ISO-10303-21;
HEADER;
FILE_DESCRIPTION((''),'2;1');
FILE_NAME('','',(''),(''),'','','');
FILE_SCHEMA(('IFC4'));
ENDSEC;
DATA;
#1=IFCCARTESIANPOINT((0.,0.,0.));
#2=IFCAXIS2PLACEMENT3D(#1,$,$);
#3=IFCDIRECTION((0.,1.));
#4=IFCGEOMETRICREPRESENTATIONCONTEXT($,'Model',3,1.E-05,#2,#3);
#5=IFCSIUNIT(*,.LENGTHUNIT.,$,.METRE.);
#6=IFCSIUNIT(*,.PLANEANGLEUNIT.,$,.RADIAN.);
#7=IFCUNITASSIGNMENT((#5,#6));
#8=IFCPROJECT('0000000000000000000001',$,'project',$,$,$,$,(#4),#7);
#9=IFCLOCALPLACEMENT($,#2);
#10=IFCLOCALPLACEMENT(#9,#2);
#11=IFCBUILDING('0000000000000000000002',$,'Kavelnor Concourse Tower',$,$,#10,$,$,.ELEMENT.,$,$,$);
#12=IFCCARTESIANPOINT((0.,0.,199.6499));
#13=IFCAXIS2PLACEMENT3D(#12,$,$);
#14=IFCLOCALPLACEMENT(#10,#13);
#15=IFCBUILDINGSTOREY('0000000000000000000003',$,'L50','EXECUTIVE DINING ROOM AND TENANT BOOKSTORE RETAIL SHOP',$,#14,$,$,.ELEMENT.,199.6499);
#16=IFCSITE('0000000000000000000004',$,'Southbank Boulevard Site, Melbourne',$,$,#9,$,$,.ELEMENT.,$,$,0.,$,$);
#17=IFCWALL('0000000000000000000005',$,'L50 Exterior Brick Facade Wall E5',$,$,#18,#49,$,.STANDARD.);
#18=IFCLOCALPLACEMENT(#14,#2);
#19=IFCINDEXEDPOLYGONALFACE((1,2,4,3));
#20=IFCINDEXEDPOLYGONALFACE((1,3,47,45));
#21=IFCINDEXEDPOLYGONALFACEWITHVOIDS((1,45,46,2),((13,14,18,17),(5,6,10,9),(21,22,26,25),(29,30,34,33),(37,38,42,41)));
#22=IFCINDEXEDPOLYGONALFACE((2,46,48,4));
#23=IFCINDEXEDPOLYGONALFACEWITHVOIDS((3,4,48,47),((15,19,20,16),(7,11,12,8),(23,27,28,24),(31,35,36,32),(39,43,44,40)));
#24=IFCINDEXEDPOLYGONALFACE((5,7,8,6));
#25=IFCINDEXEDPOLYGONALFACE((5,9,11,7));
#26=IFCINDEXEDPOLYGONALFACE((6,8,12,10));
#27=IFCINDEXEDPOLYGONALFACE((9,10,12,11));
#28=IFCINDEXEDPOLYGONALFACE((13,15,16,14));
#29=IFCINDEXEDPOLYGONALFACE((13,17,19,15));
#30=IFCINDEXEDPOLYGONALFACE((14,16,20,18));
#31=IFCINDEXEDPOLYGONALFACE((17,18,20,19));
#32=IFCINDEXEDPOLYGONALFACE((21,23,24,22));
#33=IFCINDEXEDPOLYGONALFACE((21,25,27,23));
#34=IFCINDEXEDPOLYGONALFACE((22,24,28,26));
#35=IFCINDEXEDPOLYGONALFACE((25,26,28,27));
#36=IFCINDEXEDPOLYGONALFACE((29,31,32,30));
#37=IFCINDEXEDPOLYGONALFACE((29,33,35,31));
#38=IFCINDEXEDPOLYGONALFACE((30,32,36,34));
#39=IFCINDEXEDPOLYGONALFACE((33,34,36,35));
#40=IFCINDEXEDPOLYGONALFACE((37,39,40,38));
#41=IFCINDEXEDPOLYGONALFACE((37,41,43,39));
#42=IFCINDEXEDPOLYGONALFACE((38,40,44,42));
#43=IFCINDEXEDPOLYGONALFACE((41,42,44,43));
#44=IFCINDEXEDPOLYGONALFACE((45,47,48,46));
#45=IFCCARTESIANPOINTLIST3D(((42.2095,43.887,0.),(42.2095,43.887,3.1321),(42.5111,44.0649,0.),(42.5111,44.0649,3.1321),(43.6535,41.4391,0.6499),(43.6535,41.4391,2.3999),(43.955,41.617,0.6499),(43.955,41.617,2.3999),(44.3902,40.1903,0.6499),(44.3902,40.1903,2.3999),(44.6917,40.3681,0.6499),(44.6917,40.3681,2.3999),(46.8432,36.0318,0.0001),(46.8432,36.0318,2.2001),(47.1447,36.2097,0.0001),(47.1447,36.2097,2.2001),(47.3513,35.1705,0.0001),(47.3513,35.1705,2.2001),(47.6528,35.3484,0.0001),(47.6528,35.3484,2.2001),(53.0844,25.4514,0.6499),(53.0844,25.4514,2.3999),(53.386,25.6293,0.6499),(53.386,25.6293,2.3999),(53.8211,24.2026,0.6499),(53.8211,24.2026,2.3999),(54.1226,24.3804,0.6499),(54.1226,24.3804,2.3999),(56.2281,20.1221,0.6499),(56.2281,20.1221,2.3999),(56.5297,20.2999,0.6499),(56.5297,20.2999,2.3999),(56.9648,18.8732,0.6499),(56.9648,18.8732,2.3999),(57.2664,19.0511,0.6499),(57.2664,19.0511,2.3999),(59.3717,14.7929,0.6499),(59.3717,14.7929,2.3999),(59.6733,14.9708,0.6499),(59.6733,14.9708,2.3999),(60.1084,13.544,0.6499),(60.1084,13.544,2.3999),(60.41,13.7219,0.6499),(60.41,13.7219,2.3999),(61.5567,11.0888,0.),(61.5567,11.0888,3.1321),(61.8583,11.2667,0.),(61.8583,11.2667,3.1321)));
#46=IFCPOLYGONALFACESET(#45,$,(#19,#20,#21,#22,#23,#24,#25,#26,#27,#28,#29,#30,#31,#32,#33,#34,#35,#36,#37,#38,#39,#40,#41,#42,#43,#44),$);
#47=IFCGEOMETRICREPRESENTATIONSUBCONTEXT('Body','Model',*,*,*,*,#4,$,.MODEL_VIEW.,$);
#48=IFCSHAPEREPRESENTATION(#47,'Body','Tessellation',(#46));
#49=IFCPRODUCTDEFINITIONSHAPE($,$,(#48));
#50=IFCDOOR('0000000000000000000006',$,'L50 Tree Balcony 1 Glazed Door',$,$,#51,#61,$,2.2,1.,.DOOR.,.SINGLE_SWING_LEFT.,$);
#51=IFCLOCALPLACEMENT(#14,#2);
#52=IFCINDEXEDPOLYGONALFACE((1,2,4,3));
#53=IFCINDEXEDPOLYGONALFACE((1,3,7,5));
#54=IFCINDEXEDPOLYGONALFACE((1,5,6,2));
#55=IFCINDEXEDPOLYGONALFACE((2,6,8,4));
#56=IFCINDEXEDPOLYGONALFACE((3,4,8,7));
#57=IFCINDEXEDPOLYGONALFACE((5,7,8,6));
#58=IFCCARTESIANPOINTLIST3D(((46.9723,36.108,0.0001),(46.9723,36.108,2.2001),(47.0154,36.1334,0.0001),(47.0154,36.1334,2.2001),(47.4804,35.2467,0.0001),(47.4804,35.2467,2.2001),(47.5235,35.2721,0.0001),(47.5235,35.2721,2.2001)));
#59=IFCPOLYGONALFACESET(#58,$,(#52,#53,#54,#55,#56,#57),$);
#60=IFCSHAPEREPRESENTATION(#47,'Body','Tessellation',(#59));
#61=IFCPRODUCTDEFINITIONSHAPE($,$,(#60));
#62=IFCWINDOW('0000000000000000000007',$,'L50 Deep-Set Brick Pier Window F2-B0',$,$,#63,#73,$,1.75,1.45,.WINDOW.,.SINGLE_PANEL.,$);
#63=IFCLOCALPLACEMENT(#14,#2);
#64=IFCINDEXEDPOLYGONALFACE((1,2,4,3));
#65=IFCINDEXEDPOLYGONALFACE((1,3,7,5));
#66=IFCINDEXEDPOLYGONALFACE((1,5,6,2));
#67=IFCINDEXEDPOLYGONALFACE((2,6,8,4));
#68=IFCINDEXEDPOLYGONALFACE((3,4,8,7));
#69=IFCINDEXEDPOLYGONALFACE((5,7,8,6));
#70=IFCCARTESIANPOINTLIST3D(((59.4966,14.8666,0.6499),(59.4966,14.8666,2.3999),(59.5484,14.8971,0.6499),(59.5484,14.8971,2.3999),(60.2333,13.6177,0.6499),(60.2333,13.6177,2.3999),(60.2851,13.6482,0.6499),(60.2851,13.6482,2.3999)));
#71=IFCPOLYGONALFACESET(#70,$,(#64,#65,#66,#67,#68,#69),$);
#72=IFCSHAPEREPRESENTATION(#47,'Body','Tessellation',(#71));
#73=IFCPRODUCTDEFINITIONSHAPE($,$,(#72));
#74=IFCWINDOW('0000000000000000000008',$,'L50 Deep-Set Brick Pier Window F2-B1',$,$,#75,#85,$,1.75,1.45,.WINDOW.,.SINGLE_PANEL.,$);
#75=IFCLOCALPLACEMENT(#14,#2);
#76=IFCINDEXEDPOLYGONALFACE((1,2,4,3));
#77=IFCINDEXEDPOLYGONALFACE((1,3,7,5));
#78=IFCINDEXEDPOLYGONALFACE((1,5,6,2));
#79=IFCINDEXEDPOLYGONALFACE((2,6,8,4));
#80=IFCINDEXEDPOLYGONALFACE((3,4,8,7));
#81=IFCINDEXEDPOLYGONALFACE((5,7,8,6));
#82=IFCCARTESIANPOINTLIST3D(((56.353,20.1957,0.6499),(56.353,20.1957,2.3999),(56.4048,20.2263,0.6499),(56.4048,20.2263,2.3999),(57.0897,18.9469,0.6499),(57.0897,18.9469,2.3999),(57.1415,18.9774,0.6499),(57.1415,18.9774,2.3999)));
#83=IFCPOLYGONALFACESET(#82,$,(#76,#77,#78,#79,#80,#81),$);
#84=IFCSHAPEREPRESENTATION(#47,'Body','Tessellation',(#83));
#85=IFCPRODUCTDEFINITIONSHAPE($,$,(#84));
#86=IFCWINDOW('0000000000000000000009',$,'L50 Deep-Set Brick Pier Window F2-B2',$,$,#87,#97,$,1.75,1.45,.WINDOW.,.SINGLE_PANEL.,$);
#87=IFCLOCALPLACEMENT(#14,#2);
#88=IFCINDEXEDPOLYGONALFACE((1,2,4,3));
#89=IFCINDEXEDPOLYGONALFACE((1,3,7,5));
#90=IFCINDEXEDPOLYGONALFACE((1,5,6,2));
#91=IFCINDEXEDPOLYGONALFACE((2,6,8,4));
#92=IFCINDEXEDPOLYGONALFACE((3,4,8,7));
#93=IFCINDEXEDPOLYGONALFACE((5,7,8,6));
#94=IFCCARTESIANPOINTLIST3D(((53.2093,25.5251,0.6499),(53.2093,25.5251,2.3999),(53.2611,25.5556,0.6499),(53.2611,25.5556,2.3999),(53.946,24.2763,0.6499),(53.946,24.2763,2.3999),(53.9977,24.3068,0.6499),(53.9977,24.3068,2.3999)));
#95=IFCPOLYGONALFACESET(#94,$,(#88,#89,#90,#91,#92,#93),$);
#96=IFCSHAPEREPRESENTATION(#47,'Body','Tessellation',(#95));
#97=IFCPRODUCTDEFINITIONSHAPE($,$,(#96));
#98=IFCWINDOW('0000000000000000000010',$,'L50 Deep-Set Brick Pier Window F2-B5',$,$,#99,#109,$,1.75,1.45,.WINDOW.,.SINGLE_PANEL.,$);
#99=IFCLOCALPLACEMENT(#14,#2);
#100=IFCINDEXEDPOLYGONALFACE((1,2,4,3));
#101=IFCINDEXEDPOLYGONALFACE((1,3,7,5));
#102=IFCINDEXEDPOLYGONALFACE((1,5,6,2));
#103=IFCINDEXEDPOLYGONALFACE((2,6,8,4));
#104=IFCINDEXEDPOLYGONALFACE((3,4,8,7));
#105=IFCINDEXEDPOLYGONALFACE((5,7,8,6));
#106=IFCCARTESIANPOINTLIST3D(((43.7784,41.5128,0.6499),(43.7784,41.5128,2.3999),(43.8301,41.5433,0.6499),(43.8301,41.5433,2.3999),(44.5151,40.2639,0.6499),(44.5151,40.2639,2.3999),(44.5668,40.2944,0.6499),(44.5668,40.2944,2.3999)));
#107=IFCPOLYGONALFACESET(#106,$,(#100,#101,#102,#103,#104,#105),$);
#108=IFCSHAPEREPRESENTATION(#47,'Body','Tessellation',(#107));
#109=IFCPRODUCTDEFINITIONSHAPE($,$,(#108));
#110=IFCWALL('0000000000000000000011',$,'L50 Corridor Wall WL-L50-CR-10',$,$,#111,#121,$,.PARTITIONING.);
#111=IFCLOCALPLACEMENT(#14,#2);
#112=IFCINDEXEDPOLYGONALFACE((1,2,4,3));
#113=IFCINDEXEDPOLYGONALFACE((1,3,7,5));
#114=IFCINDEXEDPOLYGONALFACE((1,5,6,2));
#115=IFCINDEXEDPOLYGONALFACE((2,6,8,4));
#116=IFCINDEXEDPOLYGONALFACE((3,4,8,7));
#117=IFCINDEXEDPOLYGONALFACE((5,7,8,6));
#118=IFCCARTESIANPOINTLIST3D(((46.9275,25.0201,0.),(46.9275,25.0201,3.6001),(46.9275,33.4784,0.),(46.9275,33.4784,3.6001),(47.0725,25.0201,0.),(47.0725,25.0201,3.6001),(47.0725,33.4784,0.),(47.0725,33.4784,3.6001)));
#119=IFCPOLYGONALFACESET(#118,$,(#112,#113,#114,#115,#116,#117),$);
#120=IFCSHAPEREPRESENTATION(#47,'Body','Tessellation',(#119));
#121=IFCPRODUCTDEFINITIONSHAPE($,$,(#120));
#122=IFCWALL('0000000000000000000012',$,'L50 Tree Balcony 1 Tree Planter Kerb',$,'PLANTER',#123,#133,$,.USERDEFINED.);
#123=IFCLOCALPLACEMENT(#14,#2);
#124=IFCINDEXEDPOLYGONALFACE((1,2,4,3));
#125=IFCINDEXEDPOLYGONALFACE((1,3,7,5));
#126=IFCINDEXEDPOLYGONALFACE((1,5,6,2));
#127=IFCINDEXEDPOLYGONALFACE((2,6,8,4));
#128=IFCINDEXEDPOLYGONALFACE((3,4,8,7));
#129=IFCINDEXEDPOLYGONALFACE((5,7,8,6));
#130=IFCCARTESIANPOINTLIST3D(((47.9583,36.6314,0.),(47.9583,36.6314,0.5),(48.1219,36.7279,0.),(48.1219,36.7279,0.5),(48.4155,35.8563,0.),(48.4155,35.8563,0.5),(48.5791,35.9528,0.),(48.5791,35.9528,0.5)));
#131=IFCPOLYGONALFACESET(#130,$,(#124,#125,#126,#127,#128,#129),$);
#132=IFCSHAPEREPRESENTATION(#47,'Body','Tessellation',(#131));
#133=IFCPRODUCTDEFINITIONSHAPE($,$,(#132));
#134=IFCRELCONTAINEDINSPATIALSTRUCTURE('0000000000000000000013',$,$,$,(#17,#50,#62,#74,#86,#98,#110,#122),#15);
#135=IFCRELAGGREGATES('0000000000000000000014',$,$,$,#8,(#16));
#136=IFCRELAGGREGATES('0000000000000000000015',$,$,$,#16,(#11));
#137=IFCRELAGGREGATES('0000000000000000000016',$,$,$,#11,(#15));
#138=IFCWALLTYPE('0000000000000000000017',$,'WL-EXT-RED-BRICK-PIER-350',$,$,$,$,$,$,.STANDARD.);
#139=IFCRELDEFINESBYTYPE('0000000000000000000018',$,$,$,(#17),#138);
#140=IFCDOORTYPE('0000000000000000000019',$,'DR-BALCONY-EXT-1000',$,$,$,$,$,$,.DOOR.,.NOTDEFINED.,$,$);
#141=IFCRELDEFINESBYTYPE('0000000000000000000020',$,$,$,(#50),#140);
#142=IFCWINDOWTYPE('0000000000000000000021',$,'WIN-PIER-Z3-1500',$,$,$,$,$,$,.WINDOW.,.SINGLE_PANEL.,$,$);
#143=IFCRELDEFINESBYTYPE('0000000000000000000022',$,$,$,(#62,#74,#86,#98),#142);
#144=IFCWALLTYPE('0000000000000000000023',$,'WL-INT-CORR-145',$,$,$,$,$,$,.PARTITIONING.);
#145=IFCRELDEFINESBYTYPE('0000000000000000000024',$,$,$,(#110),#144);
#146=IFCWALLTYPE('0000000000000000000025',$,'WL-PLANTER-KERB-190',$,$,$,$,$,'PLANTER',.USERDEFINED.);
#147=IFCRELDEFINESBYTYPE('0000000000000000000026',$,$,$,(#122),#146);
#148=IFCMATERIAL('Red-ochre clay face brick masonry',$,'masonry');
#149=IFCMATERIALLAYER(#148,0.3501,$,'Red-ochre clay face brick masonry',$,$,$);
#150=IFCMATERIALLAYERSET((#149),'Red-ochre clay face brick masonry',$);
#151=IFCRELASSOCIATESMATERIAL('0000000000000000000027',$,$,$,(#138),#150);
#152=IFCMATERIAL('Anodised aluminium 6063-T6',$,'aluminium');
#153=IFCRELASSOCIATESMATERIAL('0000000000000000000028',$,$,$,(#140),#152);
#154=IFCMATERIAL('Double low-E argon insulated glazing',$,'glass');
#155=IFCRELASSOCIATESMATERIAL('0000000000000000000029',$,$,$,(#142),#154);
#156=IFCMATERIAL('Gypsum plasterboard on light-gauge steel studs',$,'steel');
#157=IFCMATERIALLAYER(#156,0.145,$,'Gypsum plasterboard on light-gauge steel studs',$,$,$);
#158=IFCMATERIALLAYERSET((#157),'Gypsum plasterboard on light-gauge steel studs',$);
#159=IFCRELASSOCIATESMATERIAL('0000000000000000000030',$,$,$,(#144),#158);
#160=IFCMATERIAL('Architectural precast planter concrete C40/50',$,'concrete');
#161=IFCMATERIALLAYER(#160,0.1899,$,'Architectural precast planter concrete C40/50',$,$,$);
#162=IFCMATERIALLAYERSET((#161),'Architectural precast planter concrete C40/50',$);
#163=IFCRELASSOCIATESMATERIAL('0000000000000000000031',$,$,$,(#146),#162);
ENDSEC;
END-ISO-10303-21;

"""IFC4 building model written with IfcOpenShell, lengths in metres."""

from ifc_helpers import new_model, si_unit, direction, frame, frame_2d, origin, place, context, subcontext, project, spatial, rectangle, extrude, material, layer, layer_set, type_object, element, fill, save


model = new_model("IFC4")

# Units and contexts
model_context = context("Model", 3, precision=1e-05, world=origin(), true_north=direction((0.0, 1.0)))
body_context = subcontext(model_context, "Body", "Model", "MODEL_VIEW")
ifc_project = project(units=[si_unit("LENGTHUNIT", "METRE"), si_unit("PLANEANGLEUNIT", "RADIAN")], contexts=[model_context])

# Site, building, storey
site_placement = place(None, origin())
site = spatial("IfcSite", under=ifc_project, at=site_placement, Name="Southbank Boulevard Site, Melbourne", CompositionType="ELEMENT", RefElevation=0.0)
building_placement = place(site_placement, origin())
building = spatial("IfcBuilding", under=site, at=building_placement, Name="Kavelnor Concourse Tower", CompositionType="ELEMENT")
storey_placement = place(building_placement, frame((0.0, 0.0, 199.6499)))
storey = spatial("IfcBuildingStorey", under=building, at=storey_placement, Name="L50", Description="EXECUTIVE DINING ROOM AND TENANT BOOKSTORE RETAIL SHOP", CompositionType="ELEMENT", Elevation=199.6499)

# Wall, openings, door, windows
ifc_material_1 = material(Name="Red-ochre clay face brick masonry", Category="masonry")
ifc_layer_1 = layer(ifc_material_1, 0.3501, Name="Red-ochre clay face brick masonry")
ifc_layer_set_1 = layer_set([ifc_layer_1], Name="Red-ochre clay face brick masonry")
wall_type_1 = type_object("IfcWallType", Name="WL-EXT-RED-BRICK-PIER-350", PredefinedType="STANDARD", material=ifc_layer_set_1)
wall_1_placement = place(storey_placement, frame((42.3604, 43.9758, 0.0), z_axis=(0.0, 0.0, 1.0), x_axis=(0.508077, -0.861312, 0.0)))
wall_1 = element("IfcWall", 1, at=wall_1_placement, inside=storey, type_object=wall_type_1, Name="L50 Exterior Brick Facade Wall E5", PredefinedType="STANDARD", context=body_context, shape_type="SweptSolid", body=[
    extrude(rectangle(XDim=38.0793, YDim=0.3501, at=frame_2d((19.0396, 0.0))), origin(), (0.0, 0.0, 1.0), 3.1321),
])
opening_1_placement = place(wall_1_placement, frame((9.1199, 0.0, 0.0)))
opening_1 = element("IfcOpeningElement", 2, at=opening_1_placement, cuts=wall_1, PredefinedType="OPENING", context=body_context, shape_type="SweptSolid", body=[
    extrude(rectangle(XDim=1.0, YDim=2.2, at=frame_2d((0.5, 1.1001))), frame((0.0, 0.1851, 0.0), z_axis=(0.0, -1.0, 0.0), x_axis=(1.0, 0.0, 0.0)), (0.0, 0.0, 1.0), 0.3701),
])
opening_2_placement = place(wall_1_placement, frame((33.7786, 0.0, 0.6499)))
opening_2 = element("IfcOpeningElement", 3, at=opening_2_placement, cuts=wall_1, PredefinedType="OPENING", context=body_context, shape_type="SweptSolid", body=[
    extrude(rectangle(XDim=1.45, YDim=1.75, at=frame_2d((0.7251, 0.875))), frame((0.0, 0.1851, 0.0), z_axis=(0.0, -1.0, 0.0), x_axis=(1.0, 0.0, 0.0)), (0.0, 0.0, 1.0), 0.3701),
])
opening_3_placement = place(wall_1_placement, frame((27.5913, 0.0, 0.6499)))
opening_3 = element("IfcOpeningElement", 4, at=opening_3_placement, cuts=wall_1, PredefinedType="OPENING", context=body_context, shape_type="SweptSolid", body=[
    extrude(rectangle(XDim=1.45, YDim=1.75, at=frame_2d((0.7251, 0.875))), frame((0.0, 0.1851, 0.0), z_axis=(0.0, -1.0, 0.0), x_axis=(1.0, 0.0, 0.0)), (0.0, 0.0, 1.0), 0.3701),
])
opening_4_placement = place(wall_1_placement, frame((21.4038, 0.0, 0.6499)))
opening_4 = element("IfcOpeningElement", 5, at=opening_4_placement, cuts=wall_1, PredefinedType="OPENING", context=body_context, shape_type="SweptSolid", body=[
    extrude(rectangle(XDim=1.45, YDim=1.75, at=frame_2d((0.7251, 0.875))), frame((0.0, 0.1851, 0.0), z_axis=(0.0, -1.0, 0.0), x_axis=(1.0, 0.0, 0.0)), (0.0, 0.0, 1.0), 0.3701),
])
opening_5_placement = place(wall_1_placement, frame((2.8418, 0.0, 0.6499)))
opening_5 = element("IfcOpeningElement", 6, at=opening_5_placement, cuts=wall_1, PredefinedType="OPENING", context=body_context, shape_type="SweptSolid", body=[
    extrude(rectangle(XDim=1.45, YDim=1.75, at=frame_2d((0.7251, 0.875))), frame((0.0, 0.1851, 0.0), z_axis=(0.0, -1.0, 0.0), x_axis=(1.0, 0.0, 0.0)), (0.0, 0.0, 1.0), 0.3701),
])
ifc_material_2 = material(Name="Anodised aluminium 6063-T6", Category="aluminium")
door_type = type_object("IfcDoorType", Name="DR-BALCONY-EXT-1000", OperationType="NOTDEFINED", PredefinedType="DOOR", material=ifc_material_2)
door_placement = place(opening_1_placement, origin())
door = element("IfcDoor", 7, at=door_placement, inside=storey, type_object=door_type, Name="L50 Tree Balcony 1 Glazed Door", OperationType="SINGLE_SWING_LEFT", OverallHeight=2.2, OverallWidth=1.0, PredefinedType="DOOR", context=body_context, shape_type="SweptSolid", body=[
    extrude(rectangle(XDim=1.0, YDim=2.2, at=frame_2d((0.5, 1.1001))), frame((0.0, 0.0249, 0.0), z_axis=(0.0, -1.0, 0.0), x_axis=(1.0, 0.0, 0.0)), (0.0, 0.0, 1.0), 0.05),
])
fill(opening_1, door)
ifc_material_3 = material(Name="Double low-E argon insulated glazing", Category="glass")
window_type = type_object("IfcWindowType", Name="WIN-PIER-Z3-1500", PartitioningType="SINGLE_PANEL", PredefinedType="WINDOW", material=ifc_material_3)
window_1_placement = place(opening_2_placement, origin())
window_1 = element("IfcWindow", 8, at=window_1_placement, inside=storey, type_object=window_type, Name="L50 Deep-Set Brick Pier Window F2-B0", OverallHeight=1.75, OverallWidth=1.45, PartitioningType="SINGLE_PANEL", PredefinedType="WINDOW", context=body_context, shape_type="SweptSolid", body=[
    extrude(rectangle(XDim=1.45, YDim=1.75, at=frame_2d((0.7251, 0.875))), frame((0.0, 0.03, 0.0), z_axis=(0.0, -1.0, 0.0), x_axis=(1.0, 0.0, 0.0)), (0.0, 0.0, 1.0), 0.0601),
])
fill(opening_2, window_1)
window_2_placement = place(opening_3_placement, origin())
window_2 = element("IfcWindow", 9, at=window_2_placement, inside=storey, type_object=window_type, Name="L50 Deep-Set Brick Pier Window F2-B1", OverallHeight=1.75, OverallWidth=1.45, PartitioningType="SINGLE_PANEL", PredefinedType="WINDOW", context=body_context, shape_type="SweptSolid", body=[
    extrude(rectangle(XDim=1.45, YDim=1.75, at=frame_2d((0.7251, 0.875))), frame((0.0, 0.03, 0.0), z_axis=(0.0, -1.0, 0.0), x_axis=(1.0, 0.0, 0.0)), (0.0, 0.0, 1.0), 0.0601),
])
fill(opening_3, window_2)
window_3_placement = place(opening_4_placement, origin())
window_3 = element("IfcWindow", 10, at=window_3_placement, inside=storey, type_object=window_type, Name="L50 Deep-Set Brick Pier Window F2-B2", OverallHeight=1.75, OverallWidth=1.45, PartitioningType="SINGLE_PANEL", PredefinedType="WINDOW", context=body_context, shape_type="SweptSolid", body=[
    extrude(rectangle(XDim=1.45, YDim=1.75, at=frame_2d((0.7251, 0.875))), frame((0.0, 0.03, 0.0), z_axis=(0.0, -1.0, 0.0), x_axis=(1.0, 0.0, 0.0)), (0.0, 0.0, 1.0), 0.0601),
])
fill(opening_4, window_3)
window_4_placement = place(opening_5_placement, origin())
window_4 = element("IfcWindow", 11, at=window_4_placement, inside=storey, type_object=window_type, Name="L50 Deep-Set Brick Pier Window F2-B5", OverallHeight=1.75, OverallWidth=1.45, PartitioningType="SINGLE_PANEL", PredefinedType="WINDOW", context=body_context, shape_type="SweptSolid", body=[
    extrude(rectangle(XDim=1.45, YDim=1.75, at=frame_2d((0.7251, 0.875))), frame((0.0, 0.03, 0.0), z_axis=(0.0, -1.0, 0.0), x_axis=(1.0, 0.0, 0.0)), (0.0, 0.0, 1.0), 0.0601),
])
fill(opening_5, window_4)

# Walls
ifc_material_4 = material(Name="Gypsum plasterboard on light-gauge steel studs", Category="steel")
ifc_layer_2 = layer(ifc_material_4, 0.145, Name="Gypsum plasterboard on light-gauge steel studs")
ifc_layer_set_2 = layer_set([ifc_layer_2], Name="Gypsum plasterboard on light-gauge steel studs")
wall_type_2 = type_object("IfcWallType", Name="WL-INT-CORR-145", PredefinedType="PARTITIONING", material=ifc_layer_set_2)
wall_2_placement = place(storey_placement, frame((47.0, 33.4783, 0.0), z_axis=(0.0, 0.0, 1.0), x_axis=(0.0, -1.0, 0.0)))
element("IfcWall", 12, at=wall_2_placement, inside=storey, type_object=wall_type_2, Name="L50 Corridor Wall WL-L50-CR-10", PredefinedType="PARTITIONING", context=body_context, shape_type="SweptSolid", body=[
    extrude(rectangle(XDim=8.4583, YDim=0.145, at=frame_2d((4.229, 0.0))), origin(), (0.0, 0.0, 1.0), 3.6001),
])
ifc_material_5 = material(Name="Architectural precast planter concrete C40/50", Category="concrete")
ifc_layer_3 = layer(ifc_material_5, 0.1899, Name="Architectural precast planter concrete C40/50")
ifc_layer_set_3 = layer_set([ifc_layer_3], Name="Architectural precast planter concrete C40/50")
wall_type_3 = type_object("IfcWallType", Name="WL-PLANTER-KERB-190", ElementType="PLANTER", PredefinedType="USERDEFINED", material=ifc_layer_set_3)
wall_3_placement = place(storey_placement, frame((48.4973, 35.9045, 0.0), z_axis=(0.0, 0.0, 1.0), x_axis=(-0.508099, 0.861299, 0.0)))
element("IfcWall", 13, at=wall_3_placement, inside=storey, type_object=wall_type_3, Name="L50 Tree Balcony 1 Tree Planter Kerb", ObjectType="PLANTER", PredefinedType="USERDEFINED", context=body_context, shape_type="SweptSolid", body=[
    extrude(rectangle(XDim=0.8999, YDim=0.1899, at=frame_2d((0.45, 0.0))), origin(), (0.0, 0.0, 1.0), 0.5),
])

save(model, "model.ifc")
